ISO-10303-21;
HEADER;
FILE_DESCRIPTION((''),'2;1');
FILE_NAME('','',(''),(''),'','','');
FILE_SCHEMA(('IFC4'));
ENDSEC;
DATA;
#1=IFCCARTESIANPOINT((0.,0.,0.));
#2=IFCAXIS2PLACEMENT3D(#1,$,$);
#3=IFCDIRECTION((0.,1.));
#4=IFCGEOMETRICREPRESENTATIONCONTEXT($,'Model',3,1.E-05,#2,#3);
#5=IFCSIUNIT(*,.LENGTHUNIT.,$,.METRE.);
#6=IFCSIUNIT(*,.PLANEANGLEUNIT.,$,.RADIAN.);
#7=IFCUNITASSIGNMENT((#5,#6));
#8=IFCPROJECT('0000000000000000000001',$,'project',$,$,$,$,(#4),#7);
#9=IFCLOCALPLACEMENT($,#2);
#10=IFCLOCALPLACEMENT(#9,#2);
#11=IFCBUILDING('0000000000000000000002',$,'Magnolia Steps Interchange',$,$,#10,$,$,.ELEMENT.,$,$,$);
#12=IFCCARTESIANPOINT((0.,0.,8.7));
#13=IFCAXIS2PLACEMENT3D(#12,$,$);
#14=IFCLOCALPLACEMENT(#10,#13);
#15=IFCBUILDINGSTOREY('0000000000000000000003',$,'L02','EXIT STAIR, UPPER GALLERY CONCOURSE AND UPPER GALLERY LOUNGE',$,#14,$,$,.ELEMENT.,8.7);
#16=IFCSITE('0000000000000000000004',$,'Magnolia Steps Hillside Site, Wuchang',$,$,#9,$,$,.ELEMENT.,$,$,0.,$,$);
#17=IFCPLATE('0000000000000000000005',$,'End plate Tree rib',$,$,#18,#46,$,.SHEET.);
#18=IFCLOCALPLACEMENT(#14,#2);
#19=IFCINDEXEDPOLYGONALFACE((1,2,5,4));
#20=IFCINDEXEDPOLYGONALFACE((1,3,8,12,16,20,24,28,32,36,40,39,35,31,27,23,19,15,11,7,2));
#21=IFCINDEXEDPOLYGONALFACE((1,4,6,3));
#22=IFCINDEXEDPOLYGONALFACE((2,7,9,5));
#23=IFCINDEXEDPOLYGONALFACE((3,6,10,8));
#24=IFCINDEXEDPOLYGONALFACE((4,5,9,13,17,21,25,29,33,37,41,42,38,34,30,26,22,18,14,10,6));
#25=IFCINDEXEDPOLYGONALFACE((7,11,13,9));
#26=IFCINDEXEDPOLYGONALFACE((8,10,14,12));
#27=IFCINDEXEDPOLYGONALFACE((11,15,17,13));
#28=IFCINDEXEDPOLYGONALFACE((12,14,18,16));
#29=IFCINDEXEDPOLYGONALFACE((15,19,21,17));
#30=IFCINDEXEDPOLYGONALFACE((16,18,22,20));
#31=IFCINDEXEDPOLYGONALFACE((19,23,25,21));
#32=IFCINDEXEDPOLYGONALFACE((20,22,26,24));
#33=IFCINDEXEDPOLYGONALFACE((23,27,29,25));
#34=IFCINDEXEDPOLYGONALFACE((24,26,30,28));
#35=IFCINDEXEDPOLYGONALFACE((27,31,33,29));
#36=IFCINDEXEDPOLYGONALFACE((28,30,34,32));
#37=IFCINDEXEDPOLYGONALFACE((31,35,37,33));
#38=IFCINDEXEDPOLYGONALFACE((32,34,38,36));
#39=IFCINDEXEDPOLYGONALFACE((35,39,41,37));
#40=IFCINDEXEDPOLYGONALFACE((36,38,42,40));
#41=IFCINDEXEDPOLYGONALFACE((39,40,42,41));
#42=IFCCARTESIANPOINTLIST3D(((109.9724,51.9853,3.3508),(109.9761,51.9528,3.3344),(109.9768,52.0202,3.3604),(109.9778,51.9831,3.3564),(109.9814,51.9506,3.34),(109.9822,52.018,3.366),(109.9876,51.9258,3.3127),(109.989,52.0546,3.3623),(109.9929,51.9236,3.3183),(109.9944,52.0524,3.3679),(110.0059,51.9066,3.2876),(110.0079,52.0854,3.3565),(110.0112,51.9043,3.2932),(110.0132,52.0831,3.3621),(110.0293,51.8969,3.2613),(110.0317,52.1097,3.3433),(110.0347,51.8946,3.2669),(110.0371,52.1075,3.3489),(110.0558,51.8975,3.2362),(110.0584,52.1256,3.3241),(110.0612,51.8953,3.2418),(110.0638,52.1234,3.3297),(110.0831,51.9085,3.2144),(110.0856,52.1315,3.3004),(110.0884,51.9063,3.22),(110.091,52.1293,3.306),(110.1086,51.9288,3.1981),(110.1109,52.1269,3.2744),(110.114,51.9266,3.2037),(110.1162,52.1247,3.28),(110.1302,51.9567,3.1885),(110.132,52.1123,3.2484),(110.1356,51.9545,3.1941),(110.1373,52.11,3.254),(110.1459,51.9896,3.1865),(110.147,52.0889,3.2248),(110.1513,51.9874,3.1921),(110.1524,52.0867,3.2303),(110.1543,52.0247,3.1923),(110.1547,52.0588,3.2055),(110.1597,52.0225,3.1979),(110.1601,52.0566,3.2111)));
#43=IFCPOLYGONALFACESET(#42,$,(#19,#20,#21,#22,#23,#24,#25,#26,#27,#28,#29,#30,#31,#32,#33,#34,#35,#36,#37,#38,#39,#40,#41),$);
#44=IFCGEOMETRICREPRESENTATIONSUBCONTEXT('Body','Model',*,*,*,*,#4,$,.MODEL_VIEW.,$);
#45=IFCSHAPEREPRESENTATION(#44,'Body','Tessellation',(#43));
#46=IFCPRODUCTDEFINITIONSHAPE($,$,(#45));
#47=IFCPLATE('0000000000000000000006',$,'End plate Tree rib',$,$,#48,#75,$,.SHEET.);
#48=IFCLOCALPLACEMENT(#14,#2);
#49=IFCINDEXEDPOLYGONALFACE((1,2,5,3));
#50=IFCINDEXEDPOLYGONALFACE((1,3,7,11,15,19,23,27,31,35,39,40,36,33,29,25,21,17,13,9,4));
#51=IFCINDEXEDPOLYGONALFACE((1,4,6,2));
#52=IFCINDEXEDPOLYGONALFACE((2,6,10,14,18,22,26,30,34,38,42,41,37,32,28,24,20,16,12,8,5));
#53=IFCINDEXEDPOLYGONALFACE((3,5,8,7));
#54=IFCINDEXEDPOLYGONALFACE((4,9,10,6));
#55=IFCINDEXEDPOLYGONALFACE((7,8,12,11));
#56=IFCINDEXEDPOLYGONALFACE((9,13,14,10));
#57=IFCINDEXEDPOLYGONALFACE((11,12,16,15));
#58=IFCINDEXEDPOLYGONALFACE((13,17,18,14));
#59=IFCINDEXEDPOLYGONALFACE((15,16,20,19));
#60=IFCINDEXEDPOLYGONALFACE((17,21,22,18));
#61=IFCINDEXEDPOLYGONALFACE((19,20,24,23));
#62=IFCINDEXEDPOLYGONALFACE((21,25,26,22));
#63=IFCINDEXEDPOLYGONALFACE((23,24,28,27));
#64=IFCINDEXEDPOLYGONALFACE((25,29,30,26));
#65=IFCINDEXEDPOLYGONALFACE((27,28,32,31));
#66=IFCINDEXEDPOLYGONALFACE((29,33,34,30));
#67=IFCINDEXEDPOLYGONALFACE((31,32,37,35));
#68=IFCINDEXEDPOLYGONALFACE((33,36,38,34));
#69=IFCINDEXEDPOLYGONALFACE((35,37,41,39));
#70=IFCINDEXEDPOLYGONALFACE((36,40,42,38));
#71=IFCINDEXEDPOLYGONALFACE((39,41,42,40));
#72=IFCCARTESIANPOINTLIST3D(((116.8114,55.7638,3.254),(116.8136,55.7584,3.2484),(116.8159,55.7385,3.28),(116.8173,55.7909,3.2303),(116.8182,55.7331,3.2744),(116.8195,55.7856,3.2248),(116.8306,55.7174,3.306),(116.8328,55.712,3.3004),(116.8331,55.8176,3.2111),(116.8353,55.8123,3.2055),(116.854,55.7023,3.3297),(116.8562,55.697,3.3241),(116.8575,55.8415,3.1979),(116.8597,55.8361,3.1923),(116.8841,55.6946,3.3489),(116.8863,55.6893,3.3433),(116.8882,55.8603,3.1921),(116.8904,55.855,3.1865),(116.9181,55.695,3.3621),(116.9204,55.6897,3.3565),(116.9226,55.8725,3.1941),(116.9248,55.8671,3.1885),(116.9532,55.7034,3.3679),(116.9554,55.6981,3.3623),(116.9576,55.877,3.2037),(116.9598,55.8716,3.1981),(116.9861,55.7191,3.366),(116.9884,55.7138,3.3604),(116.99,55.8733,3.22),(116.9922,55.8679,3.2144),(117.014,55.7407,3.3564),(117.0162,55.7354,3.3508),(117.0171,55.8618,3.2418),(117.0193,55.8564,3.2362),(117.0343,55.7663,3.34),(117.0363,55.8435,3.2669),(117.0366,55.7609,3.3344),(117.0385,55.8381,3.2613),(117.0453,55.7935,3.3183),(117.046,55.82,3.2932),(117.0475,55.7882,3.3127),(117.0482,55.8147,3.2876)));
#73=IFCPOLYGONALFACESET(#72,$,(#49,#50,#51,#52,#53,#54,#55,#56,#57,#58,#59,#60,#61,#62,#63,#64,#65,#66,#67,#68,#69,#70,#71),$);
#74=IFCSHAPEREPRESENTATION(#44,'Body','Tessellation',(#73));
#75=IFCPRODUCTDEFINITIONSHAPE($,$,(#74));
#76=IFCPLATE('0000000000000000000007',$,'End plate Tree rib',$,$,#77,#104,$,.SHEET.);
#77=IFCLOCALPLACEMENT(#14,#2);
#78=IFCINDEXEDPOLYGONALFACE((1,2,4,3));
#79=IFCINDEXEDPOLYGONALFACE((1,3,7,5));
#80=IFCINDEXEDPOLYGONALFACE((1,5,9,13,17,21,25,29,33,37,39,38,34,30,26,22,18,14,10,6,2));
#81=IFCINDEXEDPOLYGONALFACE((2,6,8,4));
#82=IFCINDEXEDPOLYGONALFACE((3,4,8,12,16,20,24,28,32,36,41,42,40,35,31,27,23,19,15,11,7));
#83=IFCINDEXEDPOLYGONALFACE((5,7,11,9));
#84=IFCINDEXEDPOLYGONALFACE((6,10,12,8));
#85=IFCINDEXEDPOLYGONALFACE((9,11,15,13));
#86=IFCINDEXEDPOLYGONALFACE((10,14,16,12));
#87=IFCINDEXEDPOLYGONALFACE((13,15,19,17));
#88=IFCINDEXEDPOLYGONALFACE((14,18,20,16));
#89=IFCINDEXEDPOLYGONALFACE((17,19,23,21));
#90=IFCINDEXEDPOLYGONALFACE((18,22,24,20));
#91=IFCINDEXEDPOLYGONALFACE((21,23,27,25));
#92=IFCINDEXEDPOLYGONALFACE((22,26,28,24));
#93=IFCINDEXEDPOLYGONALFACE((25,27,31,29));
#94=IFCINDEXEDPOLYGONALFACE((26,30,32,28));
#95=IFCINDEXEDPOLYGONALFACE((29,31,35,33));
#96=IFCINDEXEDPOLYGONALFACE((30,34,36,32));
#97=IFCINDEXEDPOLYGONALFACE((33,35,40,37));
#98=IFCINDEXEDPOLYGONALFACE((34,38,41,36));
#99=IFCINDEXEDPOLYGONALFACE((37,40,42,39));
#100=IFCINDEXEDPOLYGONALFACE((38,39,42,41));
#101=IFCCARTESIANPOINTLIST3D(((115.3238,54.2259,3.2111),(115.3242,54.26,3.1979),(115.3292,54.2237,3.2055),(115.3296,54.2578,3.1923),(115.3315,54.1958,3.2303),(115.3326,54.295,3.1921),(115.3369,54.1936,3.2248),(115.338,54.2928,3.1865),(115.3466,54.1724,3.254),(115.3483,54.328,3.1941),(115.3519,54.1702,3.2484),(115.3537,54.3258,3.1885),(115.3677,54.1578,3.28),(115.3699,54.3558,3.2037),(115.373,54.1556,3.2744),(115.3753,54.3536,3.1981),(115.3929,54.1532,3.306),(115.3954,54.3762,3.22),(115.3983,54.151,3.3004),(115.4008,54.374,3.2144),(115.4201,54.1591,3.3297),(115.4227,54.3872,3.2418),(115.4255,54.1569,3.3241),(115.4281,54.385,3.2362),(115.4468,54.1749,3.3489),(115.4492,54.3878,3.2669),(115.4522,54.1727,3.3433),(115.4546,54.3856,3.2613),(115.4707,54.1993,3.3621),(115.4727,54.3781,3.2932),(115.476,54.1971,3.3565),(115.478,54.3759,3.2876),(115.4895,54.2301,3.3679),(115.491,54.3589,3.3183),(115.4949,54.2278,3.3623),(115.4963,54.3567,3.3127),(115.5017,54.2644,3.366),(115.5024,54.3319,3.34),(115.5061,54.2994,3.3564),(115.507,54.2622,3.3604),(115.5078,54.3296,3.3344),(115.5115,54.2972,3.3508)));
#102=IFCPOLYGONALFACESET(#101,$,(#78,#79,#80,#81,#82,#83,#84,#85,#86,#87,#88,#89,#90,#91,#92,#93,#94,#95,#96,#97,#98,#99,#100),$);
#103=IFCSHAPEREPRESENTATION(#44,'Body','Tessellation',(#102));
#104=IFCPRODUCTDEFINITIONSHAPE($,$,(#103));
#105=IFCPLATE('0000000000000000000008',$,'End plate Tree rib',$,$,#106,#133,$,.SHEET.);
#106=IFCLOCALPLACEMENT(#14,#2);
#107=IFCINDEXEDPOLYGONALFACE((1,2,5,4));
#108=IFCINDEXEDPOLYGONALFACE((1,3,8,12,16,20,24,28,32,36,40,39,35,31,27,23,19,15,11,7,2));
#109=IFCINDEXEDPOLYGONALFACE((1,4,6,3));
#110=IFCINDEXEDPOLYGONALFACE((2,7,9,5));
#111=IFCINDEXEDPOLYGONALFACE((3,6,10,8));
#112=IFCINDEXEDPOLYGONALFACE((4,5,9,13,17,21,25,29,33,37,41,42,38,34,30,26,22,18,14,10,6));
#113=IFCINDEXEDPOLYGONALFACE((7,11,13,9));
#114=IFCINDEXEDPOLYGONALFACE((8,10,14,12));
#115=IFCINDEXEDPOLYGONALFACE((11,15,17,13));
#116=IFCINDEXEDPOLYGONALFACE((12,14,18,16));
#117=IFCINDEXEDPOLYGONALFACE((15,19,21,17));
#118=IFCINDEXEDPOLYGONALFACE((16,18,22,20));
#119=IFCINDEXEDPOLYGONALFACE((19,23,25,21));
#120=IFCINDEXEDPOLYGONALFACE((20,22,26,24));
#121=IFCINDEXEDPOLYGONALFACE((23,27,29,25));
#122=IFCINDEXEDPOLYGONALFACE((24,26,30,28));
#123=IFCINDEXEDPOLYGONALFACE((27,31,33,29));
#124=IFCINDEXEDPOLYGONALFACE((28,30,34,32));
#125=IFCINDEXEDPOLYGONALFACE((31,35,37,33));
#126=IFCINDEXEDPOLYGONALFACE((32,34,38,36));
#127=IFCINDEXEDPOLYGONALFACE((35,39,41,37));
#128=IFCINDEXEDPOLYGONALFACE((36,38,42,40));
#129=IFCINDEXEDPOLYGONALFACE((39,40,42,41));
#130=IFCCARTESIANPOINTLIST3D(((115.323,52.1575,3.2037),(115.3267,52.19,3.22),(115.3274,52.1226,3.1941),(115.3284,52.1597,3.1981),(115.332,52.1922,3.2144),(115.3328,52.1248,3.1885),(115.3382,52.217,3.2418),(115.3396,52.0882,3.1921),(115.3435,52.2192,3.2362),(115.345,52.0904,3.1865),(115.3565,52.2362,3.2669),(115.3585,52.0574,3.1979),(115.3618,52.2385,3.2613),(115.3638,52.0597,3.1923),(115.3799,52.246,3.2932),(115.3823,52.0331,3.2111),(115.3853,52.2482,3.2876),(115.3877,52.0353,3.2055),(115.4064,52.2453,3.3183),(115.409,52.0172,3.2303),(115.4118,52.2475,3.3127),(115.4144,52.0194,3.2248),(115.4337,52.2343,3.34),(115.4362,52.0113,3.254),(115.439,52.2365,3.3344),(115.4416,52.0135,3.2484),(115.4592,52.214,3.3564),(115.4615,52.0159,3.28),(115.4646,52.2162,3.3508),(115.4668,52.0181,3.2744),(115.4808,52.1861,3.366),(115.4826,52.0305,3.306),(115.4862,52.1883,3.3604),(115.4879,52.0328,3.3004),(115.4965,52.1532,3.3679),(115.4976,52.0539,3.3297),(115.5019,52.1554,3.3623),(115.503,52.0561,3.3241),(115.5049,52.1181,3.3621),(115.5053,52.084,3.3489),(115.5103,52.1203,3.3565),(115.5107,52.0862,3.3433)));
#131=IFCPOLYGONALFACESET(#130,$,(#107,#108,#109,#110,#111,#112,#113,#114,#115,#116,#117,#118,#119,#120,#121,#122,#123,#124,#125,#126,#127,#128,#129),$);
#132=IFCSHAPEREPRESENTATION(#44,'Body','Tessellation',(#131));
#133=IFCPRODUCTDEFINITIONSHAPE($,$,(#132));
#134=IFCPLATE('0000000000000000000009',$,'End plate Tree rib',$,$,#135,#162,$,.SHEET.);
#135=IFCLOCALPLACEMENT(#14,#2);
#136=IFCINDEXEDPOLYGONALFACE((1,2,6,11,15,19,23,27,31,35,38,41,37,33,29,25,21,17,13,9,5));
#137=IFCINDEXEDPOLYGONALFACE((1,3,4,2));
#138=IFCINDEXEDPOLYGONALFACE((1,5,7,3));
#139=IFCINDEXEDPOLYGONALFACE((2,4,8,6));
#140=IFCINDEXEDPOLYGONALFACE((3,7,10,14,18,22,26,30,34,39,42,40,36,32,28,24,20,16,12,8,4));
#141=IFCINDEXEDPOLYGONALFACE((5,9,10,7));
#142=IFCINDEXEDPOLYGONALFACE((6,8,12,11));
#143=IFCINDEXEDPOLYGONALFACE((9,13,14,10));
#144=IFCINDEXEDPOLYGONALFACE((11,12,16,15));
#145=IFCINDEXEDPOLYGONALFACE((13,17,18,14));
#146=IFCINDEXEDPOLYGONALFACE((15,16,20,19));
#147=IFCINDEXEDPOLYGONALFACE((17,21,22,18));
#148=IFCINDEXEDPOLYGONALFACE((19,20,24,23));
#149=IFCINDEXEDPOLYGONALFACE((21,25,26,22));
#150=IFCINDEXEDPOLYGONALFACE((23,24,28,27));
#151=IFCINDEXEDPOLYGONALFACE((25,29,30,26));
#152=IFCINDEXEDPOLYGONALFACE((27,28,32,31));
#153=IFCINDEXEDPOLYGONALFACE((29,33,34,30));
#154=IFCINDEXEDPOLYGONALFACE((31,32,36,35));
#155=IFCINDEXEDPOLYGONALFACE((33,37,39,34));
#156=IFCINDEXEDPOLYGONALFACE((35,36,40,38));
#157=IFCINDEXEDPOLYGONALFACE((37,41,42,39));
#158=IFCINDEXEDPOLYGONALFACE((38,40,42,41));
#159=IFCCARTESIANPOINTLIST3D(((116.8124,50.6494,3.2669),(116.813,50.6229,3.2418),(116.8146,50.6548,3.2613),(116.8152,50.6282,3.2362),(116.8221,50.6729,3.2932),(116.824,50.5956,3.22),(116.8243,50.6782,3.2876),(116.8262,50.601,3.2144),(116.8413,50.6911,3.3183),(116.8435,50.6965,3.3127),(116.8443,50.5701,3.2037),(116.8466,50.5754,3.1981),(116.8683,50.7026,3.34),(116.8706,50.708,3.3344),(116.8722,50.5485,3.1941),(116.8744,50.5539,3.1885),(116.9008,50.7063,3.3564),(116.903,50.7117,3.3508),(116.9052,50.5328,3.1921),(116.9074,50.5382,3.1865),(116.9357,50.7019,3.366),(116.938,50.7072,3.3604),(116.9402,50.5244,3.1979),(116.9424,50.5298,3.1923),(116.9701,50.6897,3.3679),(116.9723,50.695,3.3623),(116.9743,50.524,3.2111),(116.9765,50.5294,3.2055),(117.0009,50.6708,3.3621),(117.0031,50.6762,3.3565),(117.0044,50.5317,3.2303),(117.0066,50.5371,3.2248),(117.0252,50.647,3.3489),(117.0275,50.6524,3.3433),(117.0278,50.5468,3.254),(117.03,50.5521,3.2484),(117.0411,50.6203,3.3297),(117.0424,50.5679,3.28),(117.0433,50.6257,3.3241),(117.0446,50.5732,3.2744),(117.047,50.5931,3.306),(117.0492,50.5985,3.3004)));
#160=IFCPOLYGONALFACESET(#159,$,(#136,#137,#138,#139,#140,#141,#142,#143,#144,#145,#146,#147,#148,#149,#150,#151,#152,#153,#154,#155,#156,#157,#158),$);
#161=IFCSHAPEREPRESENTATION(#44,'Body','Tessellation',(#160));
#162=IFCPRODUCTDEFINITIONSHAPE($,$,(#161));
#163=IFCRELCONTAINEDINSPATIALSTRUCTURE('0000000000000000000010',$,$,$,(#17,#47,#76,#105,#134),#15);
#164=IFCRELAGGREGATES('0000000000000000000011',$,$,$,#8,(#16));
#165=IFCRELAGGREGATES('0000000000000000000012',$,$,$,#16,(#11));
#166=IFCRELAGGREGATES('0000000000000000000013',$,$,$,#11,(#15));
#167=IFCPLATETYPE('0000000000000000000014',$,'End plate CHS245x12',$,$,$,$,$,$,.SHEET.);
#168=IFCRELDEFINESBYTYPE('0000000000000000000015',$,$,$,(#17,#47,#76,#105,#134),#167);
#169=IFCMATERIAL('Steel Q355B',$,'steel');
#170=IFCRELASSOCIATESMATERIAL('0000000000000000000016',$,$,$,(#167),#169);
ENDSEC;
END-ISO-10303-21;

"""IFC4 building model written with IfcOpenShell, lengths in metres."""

from ifc_helpers import new_model, si_unit, direction, frame, origin, origin_2d, place, context, subcontext, project, spatial, circle, extrude, material, material_profile, profile_set, type_object, element, save


model = new_model("IFC4")

# Units and contexts
model_context = context("Model", 3, precision=1e-05, world=origin(), true_north=direction((0.0, 1.0)))
body_context = subcontext(model_context, "Body", "Model", "MODEL_VIEW")
ifc_project = project(units=[si_unit("LENGTHUNIT", "METRE"), si_unit("PLANEANGLEUNIT", "RADIAN")], contexts=[model_context])

# Site, building, storey
site_placement = place(None, origin())
site = spatial("IfcSite", under=ifc_project, at=site_placement, Name="Magnolia Steps Hillside Site, Wuchang", CompositionType="ELEMENT", RefElevation=0.0)
building_placement = place(site_placement, origin())
building = spatial("IfcBuilding", under=site, at=building_placement, Name="Magnolia Steps Interchange", CompositionType="ELEMENT")
storey_placement = place(building_placement, frame((0.0, 0.0, 8.7)))
storey = spatial("IfcBuildingStorey", under=building, at=storey_placement, Name="L02", Description="EXIT STAIR, UPPER GALLERY CONCOURSE AND UPPER GALLERY LOUNGE", CompositionType="ELEMENT", Elevation=8.7)

# Plates
ifc_material_1 = material(Name="Steel Q355B", Category="steel")
ifc_material_profile_1 = material_profile(ifc_material_1, circle(Radius=0.1226, at=origin_2d()), Name="End plate CHS245x12")
ifc_profile_set_1 = profile_set([ifc_material_profile_1], Name="Steel Q355B")
plate_type = type_object("IfcPlateType", Name="End plate CHS245x12", PredefinedType="SHEET", material=ifc_profile_set_1)
for number, where, z_axis, x_axis, name in (
    (1, (110.064, 52.0137, 3.2744), (0.664583, -0.275279, 0.694658), (0.382683, 0.92388, 0.0), "End plate Tree rib"),
    (2, (116.9314, 55.78, 3.2744), (-0.275279, 0.664583, 0.694658), (-0.92388, -0.382683, 0.0), "End plate Tree rib"),
    (3, (115.4199, 54.2688, 3.2744), (-0.664583, 0.275279, 0.694658), (-0.382683, -0.92388, 0.0), "End plate Tree rib"),
    (4, (115.4199, 52.1313, 3.2744), (-0.664583, -0.275279, 0.694658), (0.382683, -0.92388, 0.0), "End plate Tree rib"),
    (5, (116.9314, 50.6201, 3.2744), (-0.275279, -0.664583, 0.694658), (0.92388, -0.382683, 0.0), "End plate Tree rib"),
):
    element("IfcPlate", number, at=place(storey_placement, frame(where, z_axis=z_axis, x_axis=x_axis)), inside=storey, type_object=plate_type, Name=name, PredefinedType="SHEET", context=body_context, shape_type="SweptSolid", body=[
        extrude(circle(Radius=0.1226, at=origin_2d()), origin(), (0.0, 0.0, 1.0), 0.0081),
    ])

save(model, "model.ifc")
